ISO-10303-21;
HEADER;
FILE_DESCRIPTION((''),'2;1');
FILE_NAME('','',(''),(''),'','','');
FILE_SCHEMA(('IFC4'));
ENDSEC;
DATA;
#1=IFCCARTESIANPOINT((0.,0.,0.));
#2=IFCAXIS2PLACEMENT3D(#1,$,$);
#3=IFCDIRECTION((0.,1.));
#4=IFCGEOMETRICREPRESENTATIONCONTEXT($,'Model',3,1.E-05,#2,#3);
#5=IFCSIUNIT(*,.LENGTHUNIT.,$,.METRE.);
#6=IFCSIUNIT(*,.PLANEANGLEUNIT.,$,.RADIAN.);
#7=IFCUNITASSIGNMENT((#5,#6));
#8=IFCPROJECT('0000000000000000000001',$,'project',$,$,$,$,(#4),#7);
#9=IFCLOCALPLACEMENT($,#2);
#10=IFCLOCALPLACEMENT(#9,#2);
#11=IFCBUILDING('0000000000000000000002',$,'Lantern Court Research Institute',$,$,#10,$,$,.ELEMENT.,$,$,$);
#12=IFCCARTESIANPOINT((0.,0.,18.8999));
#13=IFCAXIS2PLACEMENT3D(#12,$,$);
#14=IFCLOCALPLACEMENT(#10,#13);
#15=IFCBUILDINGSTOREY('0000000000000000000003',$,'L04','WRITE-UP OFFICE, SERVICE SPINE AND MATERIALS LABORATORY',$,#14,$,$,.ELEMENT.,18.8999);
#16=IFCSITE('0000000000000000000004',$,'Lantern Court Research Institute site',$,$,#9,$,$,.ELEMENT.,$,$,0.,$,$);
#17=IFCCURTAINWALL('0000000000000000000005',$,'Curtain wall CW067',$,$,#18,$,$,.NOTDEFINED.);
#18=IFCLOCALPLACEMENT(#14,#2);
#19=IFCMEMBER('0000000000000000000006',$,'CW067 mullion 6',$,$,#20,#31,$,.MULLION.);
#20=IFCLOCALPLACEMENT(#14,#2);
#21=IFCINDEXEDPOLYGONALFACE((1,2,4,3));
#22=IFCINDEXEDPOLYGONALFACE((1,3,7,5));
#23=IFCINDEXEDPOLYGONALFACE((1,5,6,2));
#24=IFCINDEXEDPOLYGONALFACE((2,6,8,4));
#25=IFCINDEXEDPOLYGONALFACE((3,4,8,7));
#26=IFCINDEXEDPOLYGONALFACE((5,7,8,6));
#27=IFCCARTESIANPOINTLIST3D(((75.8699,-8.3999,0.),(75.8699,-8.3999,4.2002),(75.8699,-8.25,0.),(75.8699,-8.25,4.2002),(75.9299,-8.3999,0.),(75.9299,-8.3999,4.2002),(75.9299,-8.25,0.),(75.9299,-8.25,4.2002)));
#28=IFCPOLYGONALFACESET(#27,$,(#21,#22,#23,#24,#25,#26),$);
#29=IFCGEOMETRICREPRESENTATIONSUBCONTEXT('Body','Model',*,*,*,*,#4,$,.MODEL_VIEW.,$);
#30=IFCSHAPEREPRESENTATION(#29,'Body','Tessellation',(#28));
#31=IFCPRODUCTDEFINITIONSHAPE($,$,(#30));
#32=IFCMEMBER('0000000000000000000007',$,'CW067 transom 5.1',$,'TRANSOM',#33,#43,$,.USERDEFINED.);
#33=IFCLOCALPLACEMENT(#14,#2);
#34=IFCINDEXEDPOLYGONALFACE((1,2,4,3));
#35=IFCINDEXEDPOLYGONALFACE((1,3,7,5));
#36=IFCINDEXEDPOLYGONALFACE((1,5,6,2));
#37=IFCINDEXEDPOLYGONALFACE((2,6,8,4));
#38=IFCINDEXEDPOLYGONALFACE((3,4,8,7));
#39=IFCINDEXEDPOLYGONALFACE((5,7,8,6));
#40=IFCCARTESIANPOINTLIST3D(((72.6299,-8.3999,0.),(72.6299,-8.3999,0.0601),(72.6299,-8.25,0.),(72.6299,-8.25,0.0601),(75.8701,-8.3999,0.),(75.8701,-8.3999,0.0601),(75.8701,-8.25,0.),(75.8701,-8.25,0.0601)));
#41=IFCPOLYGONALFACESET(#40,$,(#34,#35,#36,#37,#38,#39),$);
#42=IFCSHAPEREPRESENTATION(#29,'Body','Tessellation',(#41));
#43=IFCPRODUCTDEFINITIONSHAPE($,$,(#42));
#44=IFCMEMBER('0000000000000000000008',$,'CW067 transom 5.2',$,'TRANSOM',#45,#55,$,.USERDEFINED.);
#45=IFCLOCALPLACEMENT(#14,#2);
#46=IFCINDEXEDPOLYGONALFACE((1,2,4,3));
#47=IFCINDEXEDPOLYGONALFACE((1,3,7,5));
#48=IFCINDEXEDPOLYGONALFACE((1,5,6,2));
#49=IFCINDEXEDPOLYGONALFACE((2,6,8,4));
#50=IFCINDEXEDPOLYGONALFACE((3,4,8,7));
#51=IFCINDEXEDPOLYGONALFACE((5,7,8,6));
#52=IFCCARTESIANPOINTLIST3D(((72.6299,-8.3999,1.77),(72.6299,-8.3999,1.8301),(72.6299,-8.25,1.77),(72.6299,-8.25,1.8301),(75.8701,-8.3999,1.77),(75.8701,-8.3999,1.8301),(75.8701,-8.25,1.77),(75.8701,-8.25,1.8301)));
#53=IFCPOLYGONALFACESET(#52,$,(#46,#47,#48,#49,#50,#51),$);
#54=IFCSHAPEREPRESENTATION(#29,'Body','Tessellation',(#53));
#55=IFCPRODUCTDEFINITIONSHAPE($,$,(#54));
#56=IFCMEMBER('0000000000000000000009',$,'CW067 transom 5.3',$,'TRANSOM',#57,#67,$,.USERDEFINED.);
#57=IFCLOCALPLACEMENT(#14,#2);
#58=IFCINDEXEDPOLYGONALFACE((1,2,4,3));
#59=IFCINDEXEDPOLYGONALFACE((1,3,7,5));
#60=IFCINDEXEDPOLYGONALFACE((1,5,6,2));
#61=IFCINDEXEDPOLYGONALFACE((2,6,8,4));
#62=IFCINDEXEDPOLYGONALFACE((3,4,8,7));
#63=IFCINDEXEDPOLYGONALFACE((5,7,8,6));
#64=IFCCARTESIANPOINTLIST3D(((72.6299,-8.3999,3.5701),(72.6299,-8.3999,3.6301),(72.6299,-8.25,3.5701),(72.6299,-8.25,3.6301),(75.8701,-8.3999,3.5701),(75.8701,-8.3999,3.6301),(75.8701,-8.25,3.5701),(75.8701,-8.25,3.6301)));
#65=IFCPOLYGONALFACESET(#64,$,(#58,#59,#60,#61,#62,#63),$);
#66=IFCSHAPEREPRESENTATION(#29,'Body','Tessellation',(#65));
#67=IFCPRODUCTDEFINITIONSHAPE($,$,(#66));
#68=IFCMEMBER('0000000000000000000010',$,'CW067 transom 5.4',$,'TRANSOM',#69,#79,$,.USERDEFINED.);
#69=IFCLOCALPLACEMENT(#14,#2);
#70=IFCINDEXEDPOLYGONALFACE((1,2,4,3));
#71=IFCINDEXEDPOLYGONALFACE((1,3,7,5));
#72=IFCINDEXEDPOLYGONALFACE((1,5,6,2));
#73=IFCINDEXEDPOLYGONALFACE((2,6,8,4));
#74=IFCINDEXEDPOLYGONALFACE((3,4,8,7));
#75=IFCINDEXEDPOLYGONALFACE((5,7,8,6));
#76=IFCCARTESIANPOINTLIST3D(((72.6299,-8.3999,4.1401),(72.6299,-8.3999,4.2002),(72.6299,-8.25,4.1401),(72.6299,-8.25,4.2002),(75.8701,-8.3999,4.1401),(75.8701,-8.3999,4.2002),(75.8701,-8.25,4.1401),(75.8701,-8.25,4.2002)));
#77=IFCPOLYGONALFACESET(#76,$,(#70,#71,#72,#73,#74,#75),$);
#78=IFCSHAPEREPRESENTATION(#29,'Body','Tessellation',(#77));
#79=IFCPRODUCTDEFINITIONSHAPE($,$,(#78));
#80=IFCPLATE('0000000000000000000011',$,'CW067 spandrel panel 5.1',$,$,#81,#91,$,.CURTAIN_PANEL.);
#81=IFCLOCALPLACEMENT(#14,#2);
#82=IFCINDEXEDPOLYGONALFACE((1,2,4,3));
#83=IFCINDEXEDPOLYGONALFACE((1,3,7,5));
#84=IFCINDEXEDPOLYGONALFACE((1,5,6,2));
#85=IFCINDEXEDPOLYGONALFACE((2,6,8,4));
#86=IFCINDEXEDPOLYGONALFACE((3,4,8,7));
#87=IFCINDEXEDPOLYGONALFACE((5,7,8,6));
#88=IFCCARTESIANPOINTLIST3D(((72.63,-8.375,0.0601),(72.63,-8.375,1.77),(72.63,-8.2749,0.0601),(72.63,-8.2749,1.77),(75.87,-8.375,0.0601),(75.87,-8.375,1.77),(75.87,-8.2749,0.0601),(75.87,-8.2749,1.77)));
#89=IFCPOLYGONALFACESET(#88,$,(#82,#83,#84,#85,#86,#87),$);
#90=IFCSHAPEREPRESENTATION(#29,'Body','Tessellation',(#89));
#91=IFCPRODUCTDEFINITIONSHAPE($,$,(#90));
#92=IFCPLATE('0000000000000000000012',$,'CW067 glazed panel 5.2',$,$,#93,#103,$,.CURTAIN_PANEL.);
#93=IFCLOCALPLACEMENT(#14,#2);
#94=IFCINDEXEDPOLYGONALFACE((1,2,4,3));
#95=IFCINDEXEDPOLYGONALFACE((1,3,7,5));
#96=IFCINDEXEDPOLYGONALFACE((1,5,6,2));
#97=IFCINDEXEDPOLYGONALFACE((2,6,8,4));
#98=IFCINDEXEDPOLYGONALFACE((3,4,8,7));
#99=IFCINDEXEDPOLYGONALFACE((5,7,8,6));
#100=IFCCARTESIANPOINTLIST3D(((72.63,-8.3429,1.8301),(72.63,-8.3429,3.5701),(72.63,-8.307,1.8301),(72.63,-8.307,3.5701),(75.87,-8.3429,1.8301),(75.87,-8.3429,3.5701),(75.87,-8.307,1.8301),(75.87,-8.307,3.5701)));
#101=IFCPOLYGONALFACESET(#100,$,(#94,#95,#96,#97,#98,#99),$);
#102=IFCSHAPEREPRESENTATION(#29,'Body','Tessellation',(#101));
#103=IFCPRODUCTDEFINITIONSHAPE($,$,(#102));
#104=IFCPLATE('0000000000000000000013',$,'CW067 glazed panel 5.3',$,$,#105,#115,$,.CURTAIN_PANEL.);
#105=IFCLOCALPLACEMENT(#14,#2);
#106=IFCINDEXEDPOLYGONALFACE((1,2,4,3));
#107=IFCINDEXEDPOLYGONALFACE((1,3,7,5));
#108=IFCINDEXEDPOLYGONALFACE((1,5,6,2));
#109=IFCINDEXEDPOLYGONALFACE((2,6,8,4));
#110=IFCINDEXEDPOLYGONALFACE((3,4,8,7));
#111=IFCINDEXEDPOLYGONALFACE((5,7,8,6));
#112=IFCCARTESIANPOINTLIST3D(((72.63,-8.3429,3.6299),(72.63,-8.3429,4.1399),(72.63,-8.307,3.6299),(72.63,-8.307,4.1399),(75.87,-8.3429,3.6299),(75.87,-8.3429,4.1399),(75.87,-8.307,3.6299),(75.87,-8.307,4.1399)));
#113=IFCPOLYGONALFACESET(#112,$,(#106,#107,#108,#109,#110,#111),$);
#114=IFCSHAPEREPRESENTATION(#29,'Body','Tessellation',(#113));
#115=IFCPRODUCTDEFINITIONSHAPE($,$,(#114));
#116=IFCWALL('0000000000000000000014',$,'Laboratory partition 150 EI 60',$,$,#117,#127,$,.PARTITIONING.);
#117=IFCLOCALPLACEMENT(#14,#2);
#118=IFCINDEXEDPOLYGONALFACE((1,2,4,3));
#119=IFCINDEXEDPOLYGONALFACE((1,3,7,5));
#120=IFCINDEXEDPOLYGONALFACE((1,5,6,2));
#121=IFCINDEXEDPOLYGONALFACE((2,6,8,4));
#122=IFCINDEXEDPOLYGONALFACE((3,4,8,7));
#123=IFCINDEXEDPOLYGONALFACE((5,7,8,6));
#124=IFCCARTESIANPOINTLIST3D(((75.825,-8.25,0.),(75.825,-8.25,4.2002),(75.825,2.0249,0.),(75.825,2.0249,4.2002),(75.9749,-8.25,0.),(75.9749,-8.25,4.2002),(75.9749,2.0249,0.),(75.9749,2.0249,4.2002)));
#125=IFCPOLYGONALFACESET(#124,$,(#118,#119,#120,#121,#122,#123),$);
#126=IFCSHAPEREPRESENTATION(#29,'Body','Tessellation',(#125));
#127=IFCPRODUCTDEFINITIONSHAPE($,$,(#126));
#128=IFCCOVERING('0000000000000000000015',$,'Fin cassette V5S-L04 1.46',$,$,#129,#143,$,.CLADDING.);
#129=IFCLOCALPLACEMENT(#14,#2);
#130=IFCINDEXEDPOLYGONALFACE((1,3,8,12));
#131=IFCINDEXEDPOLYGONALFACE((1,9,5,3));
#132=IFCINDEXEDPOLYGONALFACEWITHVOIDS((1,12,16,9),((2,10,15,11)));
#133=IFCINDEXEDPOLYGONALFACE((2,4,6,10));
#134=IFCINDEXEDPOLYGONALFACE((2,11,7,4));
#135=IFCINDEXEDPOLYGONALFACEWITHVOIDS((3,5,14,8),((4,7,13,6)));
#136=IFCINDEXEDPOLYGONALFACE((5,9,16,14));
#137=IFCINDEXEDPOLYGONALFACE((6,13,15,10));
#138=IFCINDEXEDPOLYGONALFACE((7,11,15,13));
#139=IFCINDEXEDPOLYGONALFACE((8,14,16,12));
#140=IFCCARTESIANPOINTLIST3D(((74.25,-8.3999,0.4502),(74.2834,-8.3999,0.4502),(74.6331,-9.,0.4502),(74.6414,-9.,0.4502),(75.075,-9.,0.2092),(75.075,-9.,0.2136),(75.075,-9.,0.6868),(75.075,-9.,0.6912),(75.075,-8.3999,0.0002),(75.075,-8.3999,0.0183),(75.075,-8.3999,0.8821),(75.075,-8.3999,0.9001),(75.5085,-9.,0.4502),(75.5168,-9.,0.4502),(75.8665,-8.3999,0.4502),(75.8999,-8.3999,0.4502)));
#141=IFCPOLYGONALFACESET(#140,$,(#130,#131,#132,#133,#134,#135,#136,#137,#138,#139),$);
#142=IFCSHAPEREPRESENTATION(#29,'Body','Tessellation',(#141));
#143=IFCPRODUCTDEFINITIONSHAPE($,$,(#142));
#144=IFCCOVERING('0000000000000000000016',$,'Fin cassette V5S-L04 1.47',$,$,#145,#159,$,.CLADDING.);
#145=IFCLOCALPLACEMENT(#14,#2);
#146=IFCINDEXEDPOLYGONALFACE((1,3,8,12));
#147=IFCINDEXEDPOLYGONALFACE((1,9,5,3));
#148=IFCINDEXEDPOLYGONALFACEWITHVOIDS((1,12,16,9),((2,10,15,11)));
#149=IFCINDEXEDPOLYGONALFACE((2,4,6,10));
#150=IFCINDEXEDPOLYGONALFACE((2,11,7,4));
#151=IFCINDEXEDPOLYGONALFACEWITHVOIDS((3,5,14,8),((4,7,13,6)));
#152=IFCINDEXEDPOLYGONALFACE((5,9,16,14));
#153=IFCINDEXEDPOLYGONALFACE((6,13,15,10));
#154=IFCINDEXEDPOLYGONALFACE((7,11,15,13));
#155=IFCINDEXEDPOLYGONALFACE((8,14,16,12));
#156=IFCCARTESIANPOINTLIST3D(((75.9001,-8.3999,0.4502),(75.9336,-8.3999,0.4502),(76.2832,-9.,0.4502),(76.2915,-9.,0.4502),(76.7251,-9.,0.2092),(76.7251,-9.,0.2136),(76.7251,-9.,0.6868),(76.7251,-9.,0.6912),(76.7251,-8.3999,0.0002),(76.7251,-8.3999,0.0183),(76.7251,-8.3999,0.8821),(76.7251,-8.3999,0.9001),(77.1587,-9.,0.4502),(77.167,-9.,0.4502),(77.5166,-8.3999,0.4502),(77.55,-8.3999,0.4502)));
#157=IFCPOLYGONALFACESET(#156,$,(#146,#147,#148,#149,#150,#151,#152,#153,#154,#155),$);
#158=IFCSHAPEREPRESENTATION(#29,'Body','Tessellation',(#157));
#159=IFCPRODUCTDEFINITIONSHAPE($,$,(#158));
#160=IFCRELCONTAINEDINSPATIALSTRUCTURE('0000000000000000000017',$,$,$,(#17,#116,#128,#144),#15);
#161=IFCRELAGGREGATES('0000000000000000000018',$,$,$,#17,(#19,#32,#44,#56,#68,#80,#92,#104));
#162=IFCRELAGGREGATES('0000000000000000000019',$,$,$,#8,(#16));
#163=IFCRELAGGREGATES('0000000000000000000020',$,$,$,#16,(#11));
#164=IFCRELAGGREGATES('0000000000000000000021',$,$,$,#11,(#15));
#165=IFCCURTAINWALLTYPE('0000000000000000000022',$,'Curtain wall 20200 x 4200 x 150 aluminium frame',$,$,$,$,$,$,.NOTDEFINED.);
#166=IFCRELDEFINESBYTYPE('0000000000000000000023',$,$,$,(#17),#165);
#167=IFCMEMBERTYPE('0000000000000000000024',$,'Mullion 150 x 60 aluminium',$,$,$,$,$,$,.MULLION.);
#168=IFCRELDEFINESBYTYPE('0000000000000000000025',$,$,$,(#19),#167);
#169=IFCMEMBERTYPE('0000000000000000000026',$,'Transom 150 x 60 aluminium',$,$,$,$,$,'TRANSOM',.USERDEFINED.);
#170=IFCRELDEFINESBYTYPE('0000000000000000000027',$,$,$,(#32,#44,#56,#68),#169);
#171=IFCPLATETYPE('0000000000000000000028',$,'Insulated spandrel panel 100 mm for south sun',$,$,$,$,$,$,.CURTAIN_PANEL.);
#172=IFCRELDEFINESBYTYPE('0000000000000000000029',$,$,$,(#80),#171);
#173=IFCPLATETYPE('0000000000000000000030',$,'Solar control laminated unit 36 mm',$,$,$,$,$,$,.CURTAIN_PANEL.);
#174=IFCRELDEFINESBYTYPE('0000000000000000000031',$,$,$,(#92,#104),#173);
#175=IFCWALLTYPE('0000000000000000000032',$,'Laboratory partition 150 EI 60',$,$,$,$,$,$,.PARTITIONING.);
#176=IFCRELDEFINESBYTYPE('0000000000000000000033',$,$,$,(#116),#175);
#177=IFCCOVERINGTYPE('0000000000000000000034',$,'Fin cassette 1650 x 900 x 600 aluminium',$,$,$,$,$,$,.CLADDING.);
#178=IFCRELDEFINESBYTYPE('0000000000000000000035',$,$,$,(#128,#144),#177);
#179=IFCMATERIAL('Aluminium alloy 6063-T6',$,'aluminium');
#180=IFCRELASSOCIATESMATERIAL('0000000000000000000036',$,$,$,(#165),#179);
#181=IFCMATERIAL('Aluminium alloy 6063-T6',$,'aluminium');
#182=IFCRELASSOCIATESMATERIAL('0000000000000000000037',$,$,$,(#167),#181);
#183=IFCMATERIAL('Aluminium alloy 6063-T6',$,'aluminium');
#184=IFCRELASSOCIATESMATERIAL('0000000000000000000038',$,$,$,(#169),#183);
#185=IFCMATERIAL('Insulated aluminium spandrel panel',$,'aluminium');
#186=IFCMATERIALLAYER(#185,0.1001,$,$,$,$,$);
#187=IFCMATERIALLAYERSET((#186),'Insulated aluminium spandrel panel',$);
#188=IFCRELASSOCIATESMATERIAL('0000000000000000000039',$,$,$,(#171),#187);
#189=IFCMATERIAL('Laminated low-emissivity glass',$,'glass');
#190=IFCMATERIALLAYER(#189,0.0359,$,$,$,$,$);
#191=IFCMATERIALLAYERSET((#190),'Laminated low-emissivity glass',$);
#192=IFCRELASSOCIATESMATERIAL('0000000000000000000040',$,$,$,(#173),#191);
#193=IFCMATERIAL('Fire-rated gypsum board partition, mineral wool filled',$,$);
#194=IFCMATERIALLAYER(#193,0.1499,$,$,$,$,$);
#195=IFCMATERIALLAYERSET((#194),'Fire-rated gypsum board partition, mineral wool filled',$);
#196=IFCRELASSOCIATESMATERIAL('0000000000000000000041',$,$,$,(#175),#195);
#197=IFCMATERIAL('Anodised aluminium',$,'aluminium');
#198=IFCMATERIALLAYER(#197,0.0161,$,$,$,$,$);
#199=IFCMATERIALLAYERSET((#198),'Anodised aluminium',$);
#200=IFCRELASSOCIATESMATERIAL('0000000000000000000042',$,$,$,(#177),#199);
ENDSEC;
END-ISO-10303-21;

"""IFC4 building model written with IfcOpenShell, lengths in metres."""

from ifc_helpers import new_model, entity, si_unit, direction, frame, frame_2d, origin, origin_2d, place, context, subcontext, project, spatial, rectangle, extrude, material, layer, layer_set, material_profile, profile_set, type_object, element, aggregate, save


model = new_model("IFC4")

# Units and contexts
model_context = context("Model", 3, precision=1e-05, world=origin(), true_north=direction((0.0, 1.0)))
body_context = subcontext(model_context, "Body", "Model", "MODEL_VIEW")
ifc_project = project(units=[si_unit("LENGTHUNIT", "METRE"), si_unit("PLANEANGLEUNIT", "RADIAN")], contexts=[model_context])

# Site, building, storey
site_placement = place(None, origin())
site = spatial("IfcSite", under=ifc_project, at=site_placement, Name="Lantern Court Research Institute site", CompositionType="ELEMENT", RefElevation=0.0)
building_placement = place(site_placement, origin())
building = spatial("IfcBuilding", under=site, at=building_placement, Name="Lantern Court Research Institute", CompositionType="ELEMENT")
storey_placement = place(building_placement, frame((0.0, 0.0, 18.8999)))
storey = spatial("IfcBuildingStorey", under=building, at=storey_placement, Name="L04", Description="WRITE-UP OFFICE, SERVICE SPINE AND MATERIALS LABORATORY", CompositionType="ELEMENT", Elevation=18.8999)

# Curtain wall, members, plates
ifc_material_1 = material(Name="Aluminium alloy 6063-T6", Category="aluminium")
curtain_wall_type = type_object("IfcCurtainWallType", Name="Curtain wall 20200 x 4200 x 150 aluminium frame", PredefinedType="NOTDEFINED", material=ifc_material_1)
curtain_wall_placement = place(storey_placement, origin())
curtain_wall = element("IfcCurtainWall", 1, at=curtain_wall_placement, inside=storey, type_object=curtain_wall_type, Name="Curtain wall CW067", PredefinedType="NOTDEFINED")
ifc_material_2 = material(Name="Aluminium alloy 6063-T6", Category="aluminium")
ifc_material_profile_1 = material_profile(ifc_material_2, rectangle(XDim=0.1499, YDim=0.0601, at=origin_2d()), Name="Mullion 150 x 60")
ifc_profile_set_1 = profile_set([ifc_material_profile_1], Name="Aluminium alloy 6063-T6")
member_type_1 = type_object("IfcMemberType", Name="Mullion 150 x 60 aluminium", PredefinedType="MULLION", material=ifc_profile_set_1)
member_1_placement = place(storey_placement, frame((75.8999, -8.325, 0.0), z_axis=(0.0, 0.0, 1.0), x_axis=(0.0, -1.0, 0.0)))
member_1 = element("IfcMember", 2, at=member_1_placement, type_object=member_type_1, Name="CW067 mullion 6", PredefinedType="MULLION", context=body_context, shape_type="SweptSolid", body=[
    extrude(rectangle(XDim=0.1499, YDim=0.0601, at=origin_2d()), origin(), (0.0, 0.0, 1.0), 4.2002),
])
ifc_material_3 = material(Name="Aluminium alloy 6063-T6", Category="aluminium")
ifc_material_profile_2 = material_profile(ifc_material_3, rectangle(XDim=0.1499, YDim=0.0601, at=origin_2d()), Name="Transom 150 x 60")
ifc_profile_set_2 = profile_set([ifc_material_profile_2], Name="Aluminium alloy 6063-T6")
member_type_2 = type_object("IfcMemberType", Name="Transom 150 x 60 aluminium", ElementType="TRANSOM", PredefinedType="USERDEFINED", material=ifc_profile_set_2)
member_2_placement = place(storey_placement, frame((75.8701, -8.325, 0.03), z_axis=(-1.0, 0.0, 0.0), x_axis=(0.0, -1.0, 0.0)))
member_2 = element("IfcMember", 3, at=member_2_placement, type_object=member_type_2, Name="CW067 transom 5.1", ObjectType="TRANSOM", PredefinedType="USERDEFINED", context=body_context, shape_type="SweptSolid", body=[
    extrude(rectangle(XDim=0.1499, YDim=0.0601, at=origin_2d()), origin(), (0.0, 0.0, 1.0), 3.2402),
])
member_3_placement = place(storey_placement, frame((75.8701, -8.325, 1.8), z_axis=(-1.0, 0.0, 0.0), x_axis=(0.0, -1.0, 0.0)))
member_3 = element("IfcMember", 4, at=member_3_placement, type_object=member_type_2, Name="CW067 transom 5.2", ObjectType="TRANSOM", PredefinedType="USERDEFINED", context=body_context, shape_type="SweptSolid", body=[
    extrude(rectangle(XDim=0.1499, YDim=0.0601, at=origin_2d()), origin(), (0.0, 0.0, 1.0), 3.2402),
])
member_4_placement = place(storey_placement, frame((75.8701, -8.325, 3.6001), z_axis=(-1.0, 0.0, 0.0), x_axis=(0.0, -1.0, 0.0)))
member_4 = element("IfcMember", 5, at=member_4_placement, type_object=member_type_2, Name="CW067 transom 5.3", ObjectType="TRANSOM", PredefinedType="USERDEFINED", context=body_context, shape_type="SweptSolid", body=[
    extrude(rectangle(XDim=0.1499, YDim=0.0601, at=origin_2d()), origin(), (0.0, 0.0, 1.0), 3.2402),
])
member_5_placement = place(storey_placement, frame((75.8701, -8.325, 4.1702), z_axis=(-1.0, 0.0, 0.0), x_axis=(0.0, -1.0, 0.0)))
member_5 = element("IfcMember", 6, at=member_5_placement, type_object=member_type_2, Name="CW067 transom 5.4", ObjectType="TRANSOM", PredefinedType="USERDEFINED", context=body_context, shape_type="SweptSolid", body=[
    extrude(rectangle(XDim=0.1499, YDim=0.0601, at=origin_2d()), origin(), (0.0, 0.0, 1.0), 3.2402),
])
ifc_material_4 = material(Name="Insulated aluminium spandrel panel", Category="aluminium")
ifc_layer_1 = layer(ifc_material_4, 0.1001)
ifc_layer_set_1 = layer_set([ifc_layer_1], Name="Insulated aluminium spandrel panel")
plate_type_1 = type_object("IfcPlateType", Name="Insulated spandrel panel 100 mm for south sun", PredefinedType="CURTAIN_PANEL", material=ifc_layer_set_1)
plate_1_placement = place(storey_placement, frame((74.25, -8.325, 0.0601), z_axis=(0.0, 0.0, 1.0), x_axis=(-1.0, 0.0, 0.0)))
plate_1 = element("IfcPlate", 7, at=plate_1_placement, type_object=plate_type_1, Name="CW067 spandrel panel 5.1", PredefinedType="CURTAIN_PANEL", context=body_context, shape_type="SweptSolid", body=[
    extrude(rectangle(XDim=3.24, YDim=0.1001, at=origin_2d()), origin(), (0.0, 0.0, 1.0), 1.71),
])
ifc_material_5 = material(Name="Laminated low-emissivity glass", Category="glass")
ifc_layer_2 = layer(ifc_material_5, 0.0359)
ifc_layer_set_2 = layer_set([ifc_layer_2], Name="Laminated low-emissivity glass")
plate_type_2 = type_object("IfcPlateType", Name="Solar control laminated unit 36 mm", PredefinedType="CURTAIN_PANEL", material=ifc_layer_set_2)
plate_2_placement = place(storey_placement, frame((74.25, -8.325, 1.8301), z_axis=(0.0, 0.0, 1.0), x_axis=(-1.0, 0.0, 0.0)))
plate_2 = element("IfcPlate", 8, at=plate_2_placement, type_object=plate_type_2, Name="CW067 glazed panel 5.2", PredefinedType="CURTAIN_PANEL", context=body_context, shape_type="SweptSolid", body=[
    extrude(rectangle(XDim=3.24, YDim=0.0359, at=origin_2d()), origin(), (0.0, 0.0, 1.0), 1.74),
])
plate_3_placement = place(storey_placement, frame((74.25, -8.325, 3.6299), z_axis=(0.0, 0.0, 1.0), x_axis=(-1.0, 0.0, 0.0)))
plate_3 = element("IfcPlate", 9, at=plate_3_placement, type_object=plate_type_2, Name="CW067 glazed panel 5.3", PredefinedType="CURTAIN_PANEL", context=body_context, shape_type="SweptSolid", body=[
    extrude(rectangle(XDim=3.24, YDim=0.0359, at=origin_2d()), origin(), (0.0, 0.0, 1.0), 0.51),
])
aggregate(curtain_wall, [member_1, member_2, member_3, member_4, member_5, plate_1, plate_2, plate_3])

# Wall
ifc_material_6 = material(Name="Fire-rated gypsum board partition, mineral wool filled")
ifc_layer_3 = layer(ifc_material_6, 0.1499)
ifc_layer_set_3 = layer_set([ifc_layer_3], Name="Fire-rated gypsum board partition, mineral wool filled")
wall_type = type_object("IfcWallType", Name="Laboratory partition 150 EI 60", PredefinedType="PARTITIONING", material=ifc_layer_set_3)
wall_placement = place(storey_placement, frame((75.8999, -8.25, 0.0), z_axis=(0.0, 0.0, 1.0), x_axis=(0.0, 1.0, 0.0)))
element("IfcWall", 10, at=wall_placement, inside=storey, type_object=wall_type, Name="Laboratory partition 150 EI 60", PredefinedType="PARTITIONING", context=body_context, shape_type="SweptSolid", body=[
    extrude(rectangle(XDim=10.2749, YDim=0.1499, at=frame_2d((5.1375, 0.0))), origin(), (0.0, 0.0, 1.0), 4.2002),
])

# Coverings
ifc_material_7 = material(Name="Anodised aluminium", Category="aluminium")
ifc_layer_4 = layer(ifc_material_7, 0.0161)
ifc_layer_set_4 = layer_set([ifc_layer_4], Name="Anodised aluminium")
covering_type = type_object("IfcCoveringType", Name="Fin cassette 1650 x 900 x 600 aluminium", PredefinedType="CLADDING", material=ifc_layer_set_4)
covering_1_placement = place(storey_placement, frame((75.075, -8.3999, 0.4502), z_axis=(0.0, -1.0, 0.0), x_axis=(1.0, 0.0, 0.0)))
cartesian_point_1 = entity("IfcCartesianPoint", [0.825, 0.0])
cartesian_point_2 = entity("IfcCartesianPoint", [0.7915, 0.0])
cartesian_point_3 = entity("IfcCartesianPoint", [0.4419, 0.0])
cartesian_point_4 = entity("IfcCartesianPoint", [0.4336, 0.0])
element("IfcCovering", 11, at=covering_1_placement, inside=storey, type_object=covering_type, Name="Fin cassette V5S-L04 1.46", PredefinedType="CLADDING", context=body_context, shape_type="SweptSolid", body=[
    entity("IfcExtrudedAreaSolidTapered", entity("IfcArbitraryProfileDefWithVoids", "AREA", None, entity("IfcPolyline", [cartesian_point_1, entity("IfcCartesianPoint", [0.0, 0.45]), entity("IfcCartesianPoint", [-0.825, 0.0]), entity("IfcCartesianPoint", [0.0, -0.45]), cartesian_point_1]), [entity("IfcPolyline", [cartesian_point_2, entity("IfcCartesianPoint", [0.0, 0.4319]), entity("IfcCartesianPoint", [-0.7915, 0.0]), entity("IfcCartesianPoint", [0.0, -0.4319]), cartesian_point_2])]), entity("IfcAxis2Placement3D", entity("IfcCartesianPoint", [0.0, 0.0, 0.0])), entity("IfcDirection", [0.0, 0.0, 1.0]), 0.6001, entity("IfcArbitraryProfileDefWithVoids", "AREA", None, entity("IfcPolyline", [cartesian_point_3, entity("IfcCartesianPoint", [0.0, 0.241]), entity("IfcCartesianPoint", [-0.4419, 0.0]), entity("IfcCartesianPoint", [0.0, -0.241]), cartesian_point_3]), [entity("IfcPolyline", [cartesian_point_4, entity("IfcCartesianPoint", [0.0, 0.2366]), entity("IfcCartesianPoint", [-0.4336, 0.0]), entity("IfcCartesianPoint", [0.0, -0.2366]), cartesian_point_4])])),
])
covering_2_placement = place(storey_placement, frame((76.7251, -8.3999, 0.4502), z_axis=(0.0, -1.0, 0.0), x_axis=(1.0, 0.0, 0.0)))
cartesian_point_5 = entity("IfcCartesianPoint", [0.825, 0.0])
cartesian_point_6 = entity("IfcCartesianPoint", [0.7915, 0.0])
cartesian_point_7 = entity("IfcCartesianPoint", [0.4419, 0.0])
cartesian_point_8 = entity("IfcCartesianPoint", [0.4336, 0.0])
element("IfcCovering", 12, at=covering_2_placement, inside=storey, type_object=covering_type, Name="Fin cassette V5S-L04 1.47", PredefinedType="CLADDING", context=body_context, shape_type="SweptSolid", body=[
    entity("IfcExtrudedAreaSolidTapered", entity("IfcArbitraryProfileDefWithVoids", "AREA", None, entity("IfcPolyline", [cartesian_point_5, entity("IfcCartesianPoint", [0.0, 0.45]), entity("IfcCartesianPoint", [-0.825, 0.0]), entity("IfcCartesianPoint", [0.0, -0.45]), cartesian_point_5]), [entity("IfcPolyline", [cartesian_point_6, entity("IfcCartesianPoint", [0.0, 0.4319]), entity("IfcCartesianPoint", [-0.7915, 0.0]), entity("IfcCartesianPoint", [0.0, -0.4319]), cartesian_point_6])]), entity("IfcAxis2Placement3D", entity("IfcCartesianPoint", [0.0, 0.0, 0.0])), entity("IfcDirection", [0.0, 0.0, 1.0]), 0.6001, entity("IfcArbitraryProfileDefWithVoids", "AREA", None, entity("IfcPolyline", [cartesian_point_7, entity("IfcCartesianPoint", [0.0, 0.241]), entity("IfcCartesianPoint", [-0.4419, 0.0]), entity("IfcCartesianPoint", [0.0, -0.241]), cartesian_point_7]), [entity("IfcPolyline", [cartesian_point_8, entity("IfcCartesianPoint", [0.0, 0.2366]), entity("IfcCartesianPoint", [-0.4336, 0.0]), entity("IfcCartesianPoint", [0.0, -0.2366]), cartesian_point_8])])),
])

save(model, "model.ifc")
